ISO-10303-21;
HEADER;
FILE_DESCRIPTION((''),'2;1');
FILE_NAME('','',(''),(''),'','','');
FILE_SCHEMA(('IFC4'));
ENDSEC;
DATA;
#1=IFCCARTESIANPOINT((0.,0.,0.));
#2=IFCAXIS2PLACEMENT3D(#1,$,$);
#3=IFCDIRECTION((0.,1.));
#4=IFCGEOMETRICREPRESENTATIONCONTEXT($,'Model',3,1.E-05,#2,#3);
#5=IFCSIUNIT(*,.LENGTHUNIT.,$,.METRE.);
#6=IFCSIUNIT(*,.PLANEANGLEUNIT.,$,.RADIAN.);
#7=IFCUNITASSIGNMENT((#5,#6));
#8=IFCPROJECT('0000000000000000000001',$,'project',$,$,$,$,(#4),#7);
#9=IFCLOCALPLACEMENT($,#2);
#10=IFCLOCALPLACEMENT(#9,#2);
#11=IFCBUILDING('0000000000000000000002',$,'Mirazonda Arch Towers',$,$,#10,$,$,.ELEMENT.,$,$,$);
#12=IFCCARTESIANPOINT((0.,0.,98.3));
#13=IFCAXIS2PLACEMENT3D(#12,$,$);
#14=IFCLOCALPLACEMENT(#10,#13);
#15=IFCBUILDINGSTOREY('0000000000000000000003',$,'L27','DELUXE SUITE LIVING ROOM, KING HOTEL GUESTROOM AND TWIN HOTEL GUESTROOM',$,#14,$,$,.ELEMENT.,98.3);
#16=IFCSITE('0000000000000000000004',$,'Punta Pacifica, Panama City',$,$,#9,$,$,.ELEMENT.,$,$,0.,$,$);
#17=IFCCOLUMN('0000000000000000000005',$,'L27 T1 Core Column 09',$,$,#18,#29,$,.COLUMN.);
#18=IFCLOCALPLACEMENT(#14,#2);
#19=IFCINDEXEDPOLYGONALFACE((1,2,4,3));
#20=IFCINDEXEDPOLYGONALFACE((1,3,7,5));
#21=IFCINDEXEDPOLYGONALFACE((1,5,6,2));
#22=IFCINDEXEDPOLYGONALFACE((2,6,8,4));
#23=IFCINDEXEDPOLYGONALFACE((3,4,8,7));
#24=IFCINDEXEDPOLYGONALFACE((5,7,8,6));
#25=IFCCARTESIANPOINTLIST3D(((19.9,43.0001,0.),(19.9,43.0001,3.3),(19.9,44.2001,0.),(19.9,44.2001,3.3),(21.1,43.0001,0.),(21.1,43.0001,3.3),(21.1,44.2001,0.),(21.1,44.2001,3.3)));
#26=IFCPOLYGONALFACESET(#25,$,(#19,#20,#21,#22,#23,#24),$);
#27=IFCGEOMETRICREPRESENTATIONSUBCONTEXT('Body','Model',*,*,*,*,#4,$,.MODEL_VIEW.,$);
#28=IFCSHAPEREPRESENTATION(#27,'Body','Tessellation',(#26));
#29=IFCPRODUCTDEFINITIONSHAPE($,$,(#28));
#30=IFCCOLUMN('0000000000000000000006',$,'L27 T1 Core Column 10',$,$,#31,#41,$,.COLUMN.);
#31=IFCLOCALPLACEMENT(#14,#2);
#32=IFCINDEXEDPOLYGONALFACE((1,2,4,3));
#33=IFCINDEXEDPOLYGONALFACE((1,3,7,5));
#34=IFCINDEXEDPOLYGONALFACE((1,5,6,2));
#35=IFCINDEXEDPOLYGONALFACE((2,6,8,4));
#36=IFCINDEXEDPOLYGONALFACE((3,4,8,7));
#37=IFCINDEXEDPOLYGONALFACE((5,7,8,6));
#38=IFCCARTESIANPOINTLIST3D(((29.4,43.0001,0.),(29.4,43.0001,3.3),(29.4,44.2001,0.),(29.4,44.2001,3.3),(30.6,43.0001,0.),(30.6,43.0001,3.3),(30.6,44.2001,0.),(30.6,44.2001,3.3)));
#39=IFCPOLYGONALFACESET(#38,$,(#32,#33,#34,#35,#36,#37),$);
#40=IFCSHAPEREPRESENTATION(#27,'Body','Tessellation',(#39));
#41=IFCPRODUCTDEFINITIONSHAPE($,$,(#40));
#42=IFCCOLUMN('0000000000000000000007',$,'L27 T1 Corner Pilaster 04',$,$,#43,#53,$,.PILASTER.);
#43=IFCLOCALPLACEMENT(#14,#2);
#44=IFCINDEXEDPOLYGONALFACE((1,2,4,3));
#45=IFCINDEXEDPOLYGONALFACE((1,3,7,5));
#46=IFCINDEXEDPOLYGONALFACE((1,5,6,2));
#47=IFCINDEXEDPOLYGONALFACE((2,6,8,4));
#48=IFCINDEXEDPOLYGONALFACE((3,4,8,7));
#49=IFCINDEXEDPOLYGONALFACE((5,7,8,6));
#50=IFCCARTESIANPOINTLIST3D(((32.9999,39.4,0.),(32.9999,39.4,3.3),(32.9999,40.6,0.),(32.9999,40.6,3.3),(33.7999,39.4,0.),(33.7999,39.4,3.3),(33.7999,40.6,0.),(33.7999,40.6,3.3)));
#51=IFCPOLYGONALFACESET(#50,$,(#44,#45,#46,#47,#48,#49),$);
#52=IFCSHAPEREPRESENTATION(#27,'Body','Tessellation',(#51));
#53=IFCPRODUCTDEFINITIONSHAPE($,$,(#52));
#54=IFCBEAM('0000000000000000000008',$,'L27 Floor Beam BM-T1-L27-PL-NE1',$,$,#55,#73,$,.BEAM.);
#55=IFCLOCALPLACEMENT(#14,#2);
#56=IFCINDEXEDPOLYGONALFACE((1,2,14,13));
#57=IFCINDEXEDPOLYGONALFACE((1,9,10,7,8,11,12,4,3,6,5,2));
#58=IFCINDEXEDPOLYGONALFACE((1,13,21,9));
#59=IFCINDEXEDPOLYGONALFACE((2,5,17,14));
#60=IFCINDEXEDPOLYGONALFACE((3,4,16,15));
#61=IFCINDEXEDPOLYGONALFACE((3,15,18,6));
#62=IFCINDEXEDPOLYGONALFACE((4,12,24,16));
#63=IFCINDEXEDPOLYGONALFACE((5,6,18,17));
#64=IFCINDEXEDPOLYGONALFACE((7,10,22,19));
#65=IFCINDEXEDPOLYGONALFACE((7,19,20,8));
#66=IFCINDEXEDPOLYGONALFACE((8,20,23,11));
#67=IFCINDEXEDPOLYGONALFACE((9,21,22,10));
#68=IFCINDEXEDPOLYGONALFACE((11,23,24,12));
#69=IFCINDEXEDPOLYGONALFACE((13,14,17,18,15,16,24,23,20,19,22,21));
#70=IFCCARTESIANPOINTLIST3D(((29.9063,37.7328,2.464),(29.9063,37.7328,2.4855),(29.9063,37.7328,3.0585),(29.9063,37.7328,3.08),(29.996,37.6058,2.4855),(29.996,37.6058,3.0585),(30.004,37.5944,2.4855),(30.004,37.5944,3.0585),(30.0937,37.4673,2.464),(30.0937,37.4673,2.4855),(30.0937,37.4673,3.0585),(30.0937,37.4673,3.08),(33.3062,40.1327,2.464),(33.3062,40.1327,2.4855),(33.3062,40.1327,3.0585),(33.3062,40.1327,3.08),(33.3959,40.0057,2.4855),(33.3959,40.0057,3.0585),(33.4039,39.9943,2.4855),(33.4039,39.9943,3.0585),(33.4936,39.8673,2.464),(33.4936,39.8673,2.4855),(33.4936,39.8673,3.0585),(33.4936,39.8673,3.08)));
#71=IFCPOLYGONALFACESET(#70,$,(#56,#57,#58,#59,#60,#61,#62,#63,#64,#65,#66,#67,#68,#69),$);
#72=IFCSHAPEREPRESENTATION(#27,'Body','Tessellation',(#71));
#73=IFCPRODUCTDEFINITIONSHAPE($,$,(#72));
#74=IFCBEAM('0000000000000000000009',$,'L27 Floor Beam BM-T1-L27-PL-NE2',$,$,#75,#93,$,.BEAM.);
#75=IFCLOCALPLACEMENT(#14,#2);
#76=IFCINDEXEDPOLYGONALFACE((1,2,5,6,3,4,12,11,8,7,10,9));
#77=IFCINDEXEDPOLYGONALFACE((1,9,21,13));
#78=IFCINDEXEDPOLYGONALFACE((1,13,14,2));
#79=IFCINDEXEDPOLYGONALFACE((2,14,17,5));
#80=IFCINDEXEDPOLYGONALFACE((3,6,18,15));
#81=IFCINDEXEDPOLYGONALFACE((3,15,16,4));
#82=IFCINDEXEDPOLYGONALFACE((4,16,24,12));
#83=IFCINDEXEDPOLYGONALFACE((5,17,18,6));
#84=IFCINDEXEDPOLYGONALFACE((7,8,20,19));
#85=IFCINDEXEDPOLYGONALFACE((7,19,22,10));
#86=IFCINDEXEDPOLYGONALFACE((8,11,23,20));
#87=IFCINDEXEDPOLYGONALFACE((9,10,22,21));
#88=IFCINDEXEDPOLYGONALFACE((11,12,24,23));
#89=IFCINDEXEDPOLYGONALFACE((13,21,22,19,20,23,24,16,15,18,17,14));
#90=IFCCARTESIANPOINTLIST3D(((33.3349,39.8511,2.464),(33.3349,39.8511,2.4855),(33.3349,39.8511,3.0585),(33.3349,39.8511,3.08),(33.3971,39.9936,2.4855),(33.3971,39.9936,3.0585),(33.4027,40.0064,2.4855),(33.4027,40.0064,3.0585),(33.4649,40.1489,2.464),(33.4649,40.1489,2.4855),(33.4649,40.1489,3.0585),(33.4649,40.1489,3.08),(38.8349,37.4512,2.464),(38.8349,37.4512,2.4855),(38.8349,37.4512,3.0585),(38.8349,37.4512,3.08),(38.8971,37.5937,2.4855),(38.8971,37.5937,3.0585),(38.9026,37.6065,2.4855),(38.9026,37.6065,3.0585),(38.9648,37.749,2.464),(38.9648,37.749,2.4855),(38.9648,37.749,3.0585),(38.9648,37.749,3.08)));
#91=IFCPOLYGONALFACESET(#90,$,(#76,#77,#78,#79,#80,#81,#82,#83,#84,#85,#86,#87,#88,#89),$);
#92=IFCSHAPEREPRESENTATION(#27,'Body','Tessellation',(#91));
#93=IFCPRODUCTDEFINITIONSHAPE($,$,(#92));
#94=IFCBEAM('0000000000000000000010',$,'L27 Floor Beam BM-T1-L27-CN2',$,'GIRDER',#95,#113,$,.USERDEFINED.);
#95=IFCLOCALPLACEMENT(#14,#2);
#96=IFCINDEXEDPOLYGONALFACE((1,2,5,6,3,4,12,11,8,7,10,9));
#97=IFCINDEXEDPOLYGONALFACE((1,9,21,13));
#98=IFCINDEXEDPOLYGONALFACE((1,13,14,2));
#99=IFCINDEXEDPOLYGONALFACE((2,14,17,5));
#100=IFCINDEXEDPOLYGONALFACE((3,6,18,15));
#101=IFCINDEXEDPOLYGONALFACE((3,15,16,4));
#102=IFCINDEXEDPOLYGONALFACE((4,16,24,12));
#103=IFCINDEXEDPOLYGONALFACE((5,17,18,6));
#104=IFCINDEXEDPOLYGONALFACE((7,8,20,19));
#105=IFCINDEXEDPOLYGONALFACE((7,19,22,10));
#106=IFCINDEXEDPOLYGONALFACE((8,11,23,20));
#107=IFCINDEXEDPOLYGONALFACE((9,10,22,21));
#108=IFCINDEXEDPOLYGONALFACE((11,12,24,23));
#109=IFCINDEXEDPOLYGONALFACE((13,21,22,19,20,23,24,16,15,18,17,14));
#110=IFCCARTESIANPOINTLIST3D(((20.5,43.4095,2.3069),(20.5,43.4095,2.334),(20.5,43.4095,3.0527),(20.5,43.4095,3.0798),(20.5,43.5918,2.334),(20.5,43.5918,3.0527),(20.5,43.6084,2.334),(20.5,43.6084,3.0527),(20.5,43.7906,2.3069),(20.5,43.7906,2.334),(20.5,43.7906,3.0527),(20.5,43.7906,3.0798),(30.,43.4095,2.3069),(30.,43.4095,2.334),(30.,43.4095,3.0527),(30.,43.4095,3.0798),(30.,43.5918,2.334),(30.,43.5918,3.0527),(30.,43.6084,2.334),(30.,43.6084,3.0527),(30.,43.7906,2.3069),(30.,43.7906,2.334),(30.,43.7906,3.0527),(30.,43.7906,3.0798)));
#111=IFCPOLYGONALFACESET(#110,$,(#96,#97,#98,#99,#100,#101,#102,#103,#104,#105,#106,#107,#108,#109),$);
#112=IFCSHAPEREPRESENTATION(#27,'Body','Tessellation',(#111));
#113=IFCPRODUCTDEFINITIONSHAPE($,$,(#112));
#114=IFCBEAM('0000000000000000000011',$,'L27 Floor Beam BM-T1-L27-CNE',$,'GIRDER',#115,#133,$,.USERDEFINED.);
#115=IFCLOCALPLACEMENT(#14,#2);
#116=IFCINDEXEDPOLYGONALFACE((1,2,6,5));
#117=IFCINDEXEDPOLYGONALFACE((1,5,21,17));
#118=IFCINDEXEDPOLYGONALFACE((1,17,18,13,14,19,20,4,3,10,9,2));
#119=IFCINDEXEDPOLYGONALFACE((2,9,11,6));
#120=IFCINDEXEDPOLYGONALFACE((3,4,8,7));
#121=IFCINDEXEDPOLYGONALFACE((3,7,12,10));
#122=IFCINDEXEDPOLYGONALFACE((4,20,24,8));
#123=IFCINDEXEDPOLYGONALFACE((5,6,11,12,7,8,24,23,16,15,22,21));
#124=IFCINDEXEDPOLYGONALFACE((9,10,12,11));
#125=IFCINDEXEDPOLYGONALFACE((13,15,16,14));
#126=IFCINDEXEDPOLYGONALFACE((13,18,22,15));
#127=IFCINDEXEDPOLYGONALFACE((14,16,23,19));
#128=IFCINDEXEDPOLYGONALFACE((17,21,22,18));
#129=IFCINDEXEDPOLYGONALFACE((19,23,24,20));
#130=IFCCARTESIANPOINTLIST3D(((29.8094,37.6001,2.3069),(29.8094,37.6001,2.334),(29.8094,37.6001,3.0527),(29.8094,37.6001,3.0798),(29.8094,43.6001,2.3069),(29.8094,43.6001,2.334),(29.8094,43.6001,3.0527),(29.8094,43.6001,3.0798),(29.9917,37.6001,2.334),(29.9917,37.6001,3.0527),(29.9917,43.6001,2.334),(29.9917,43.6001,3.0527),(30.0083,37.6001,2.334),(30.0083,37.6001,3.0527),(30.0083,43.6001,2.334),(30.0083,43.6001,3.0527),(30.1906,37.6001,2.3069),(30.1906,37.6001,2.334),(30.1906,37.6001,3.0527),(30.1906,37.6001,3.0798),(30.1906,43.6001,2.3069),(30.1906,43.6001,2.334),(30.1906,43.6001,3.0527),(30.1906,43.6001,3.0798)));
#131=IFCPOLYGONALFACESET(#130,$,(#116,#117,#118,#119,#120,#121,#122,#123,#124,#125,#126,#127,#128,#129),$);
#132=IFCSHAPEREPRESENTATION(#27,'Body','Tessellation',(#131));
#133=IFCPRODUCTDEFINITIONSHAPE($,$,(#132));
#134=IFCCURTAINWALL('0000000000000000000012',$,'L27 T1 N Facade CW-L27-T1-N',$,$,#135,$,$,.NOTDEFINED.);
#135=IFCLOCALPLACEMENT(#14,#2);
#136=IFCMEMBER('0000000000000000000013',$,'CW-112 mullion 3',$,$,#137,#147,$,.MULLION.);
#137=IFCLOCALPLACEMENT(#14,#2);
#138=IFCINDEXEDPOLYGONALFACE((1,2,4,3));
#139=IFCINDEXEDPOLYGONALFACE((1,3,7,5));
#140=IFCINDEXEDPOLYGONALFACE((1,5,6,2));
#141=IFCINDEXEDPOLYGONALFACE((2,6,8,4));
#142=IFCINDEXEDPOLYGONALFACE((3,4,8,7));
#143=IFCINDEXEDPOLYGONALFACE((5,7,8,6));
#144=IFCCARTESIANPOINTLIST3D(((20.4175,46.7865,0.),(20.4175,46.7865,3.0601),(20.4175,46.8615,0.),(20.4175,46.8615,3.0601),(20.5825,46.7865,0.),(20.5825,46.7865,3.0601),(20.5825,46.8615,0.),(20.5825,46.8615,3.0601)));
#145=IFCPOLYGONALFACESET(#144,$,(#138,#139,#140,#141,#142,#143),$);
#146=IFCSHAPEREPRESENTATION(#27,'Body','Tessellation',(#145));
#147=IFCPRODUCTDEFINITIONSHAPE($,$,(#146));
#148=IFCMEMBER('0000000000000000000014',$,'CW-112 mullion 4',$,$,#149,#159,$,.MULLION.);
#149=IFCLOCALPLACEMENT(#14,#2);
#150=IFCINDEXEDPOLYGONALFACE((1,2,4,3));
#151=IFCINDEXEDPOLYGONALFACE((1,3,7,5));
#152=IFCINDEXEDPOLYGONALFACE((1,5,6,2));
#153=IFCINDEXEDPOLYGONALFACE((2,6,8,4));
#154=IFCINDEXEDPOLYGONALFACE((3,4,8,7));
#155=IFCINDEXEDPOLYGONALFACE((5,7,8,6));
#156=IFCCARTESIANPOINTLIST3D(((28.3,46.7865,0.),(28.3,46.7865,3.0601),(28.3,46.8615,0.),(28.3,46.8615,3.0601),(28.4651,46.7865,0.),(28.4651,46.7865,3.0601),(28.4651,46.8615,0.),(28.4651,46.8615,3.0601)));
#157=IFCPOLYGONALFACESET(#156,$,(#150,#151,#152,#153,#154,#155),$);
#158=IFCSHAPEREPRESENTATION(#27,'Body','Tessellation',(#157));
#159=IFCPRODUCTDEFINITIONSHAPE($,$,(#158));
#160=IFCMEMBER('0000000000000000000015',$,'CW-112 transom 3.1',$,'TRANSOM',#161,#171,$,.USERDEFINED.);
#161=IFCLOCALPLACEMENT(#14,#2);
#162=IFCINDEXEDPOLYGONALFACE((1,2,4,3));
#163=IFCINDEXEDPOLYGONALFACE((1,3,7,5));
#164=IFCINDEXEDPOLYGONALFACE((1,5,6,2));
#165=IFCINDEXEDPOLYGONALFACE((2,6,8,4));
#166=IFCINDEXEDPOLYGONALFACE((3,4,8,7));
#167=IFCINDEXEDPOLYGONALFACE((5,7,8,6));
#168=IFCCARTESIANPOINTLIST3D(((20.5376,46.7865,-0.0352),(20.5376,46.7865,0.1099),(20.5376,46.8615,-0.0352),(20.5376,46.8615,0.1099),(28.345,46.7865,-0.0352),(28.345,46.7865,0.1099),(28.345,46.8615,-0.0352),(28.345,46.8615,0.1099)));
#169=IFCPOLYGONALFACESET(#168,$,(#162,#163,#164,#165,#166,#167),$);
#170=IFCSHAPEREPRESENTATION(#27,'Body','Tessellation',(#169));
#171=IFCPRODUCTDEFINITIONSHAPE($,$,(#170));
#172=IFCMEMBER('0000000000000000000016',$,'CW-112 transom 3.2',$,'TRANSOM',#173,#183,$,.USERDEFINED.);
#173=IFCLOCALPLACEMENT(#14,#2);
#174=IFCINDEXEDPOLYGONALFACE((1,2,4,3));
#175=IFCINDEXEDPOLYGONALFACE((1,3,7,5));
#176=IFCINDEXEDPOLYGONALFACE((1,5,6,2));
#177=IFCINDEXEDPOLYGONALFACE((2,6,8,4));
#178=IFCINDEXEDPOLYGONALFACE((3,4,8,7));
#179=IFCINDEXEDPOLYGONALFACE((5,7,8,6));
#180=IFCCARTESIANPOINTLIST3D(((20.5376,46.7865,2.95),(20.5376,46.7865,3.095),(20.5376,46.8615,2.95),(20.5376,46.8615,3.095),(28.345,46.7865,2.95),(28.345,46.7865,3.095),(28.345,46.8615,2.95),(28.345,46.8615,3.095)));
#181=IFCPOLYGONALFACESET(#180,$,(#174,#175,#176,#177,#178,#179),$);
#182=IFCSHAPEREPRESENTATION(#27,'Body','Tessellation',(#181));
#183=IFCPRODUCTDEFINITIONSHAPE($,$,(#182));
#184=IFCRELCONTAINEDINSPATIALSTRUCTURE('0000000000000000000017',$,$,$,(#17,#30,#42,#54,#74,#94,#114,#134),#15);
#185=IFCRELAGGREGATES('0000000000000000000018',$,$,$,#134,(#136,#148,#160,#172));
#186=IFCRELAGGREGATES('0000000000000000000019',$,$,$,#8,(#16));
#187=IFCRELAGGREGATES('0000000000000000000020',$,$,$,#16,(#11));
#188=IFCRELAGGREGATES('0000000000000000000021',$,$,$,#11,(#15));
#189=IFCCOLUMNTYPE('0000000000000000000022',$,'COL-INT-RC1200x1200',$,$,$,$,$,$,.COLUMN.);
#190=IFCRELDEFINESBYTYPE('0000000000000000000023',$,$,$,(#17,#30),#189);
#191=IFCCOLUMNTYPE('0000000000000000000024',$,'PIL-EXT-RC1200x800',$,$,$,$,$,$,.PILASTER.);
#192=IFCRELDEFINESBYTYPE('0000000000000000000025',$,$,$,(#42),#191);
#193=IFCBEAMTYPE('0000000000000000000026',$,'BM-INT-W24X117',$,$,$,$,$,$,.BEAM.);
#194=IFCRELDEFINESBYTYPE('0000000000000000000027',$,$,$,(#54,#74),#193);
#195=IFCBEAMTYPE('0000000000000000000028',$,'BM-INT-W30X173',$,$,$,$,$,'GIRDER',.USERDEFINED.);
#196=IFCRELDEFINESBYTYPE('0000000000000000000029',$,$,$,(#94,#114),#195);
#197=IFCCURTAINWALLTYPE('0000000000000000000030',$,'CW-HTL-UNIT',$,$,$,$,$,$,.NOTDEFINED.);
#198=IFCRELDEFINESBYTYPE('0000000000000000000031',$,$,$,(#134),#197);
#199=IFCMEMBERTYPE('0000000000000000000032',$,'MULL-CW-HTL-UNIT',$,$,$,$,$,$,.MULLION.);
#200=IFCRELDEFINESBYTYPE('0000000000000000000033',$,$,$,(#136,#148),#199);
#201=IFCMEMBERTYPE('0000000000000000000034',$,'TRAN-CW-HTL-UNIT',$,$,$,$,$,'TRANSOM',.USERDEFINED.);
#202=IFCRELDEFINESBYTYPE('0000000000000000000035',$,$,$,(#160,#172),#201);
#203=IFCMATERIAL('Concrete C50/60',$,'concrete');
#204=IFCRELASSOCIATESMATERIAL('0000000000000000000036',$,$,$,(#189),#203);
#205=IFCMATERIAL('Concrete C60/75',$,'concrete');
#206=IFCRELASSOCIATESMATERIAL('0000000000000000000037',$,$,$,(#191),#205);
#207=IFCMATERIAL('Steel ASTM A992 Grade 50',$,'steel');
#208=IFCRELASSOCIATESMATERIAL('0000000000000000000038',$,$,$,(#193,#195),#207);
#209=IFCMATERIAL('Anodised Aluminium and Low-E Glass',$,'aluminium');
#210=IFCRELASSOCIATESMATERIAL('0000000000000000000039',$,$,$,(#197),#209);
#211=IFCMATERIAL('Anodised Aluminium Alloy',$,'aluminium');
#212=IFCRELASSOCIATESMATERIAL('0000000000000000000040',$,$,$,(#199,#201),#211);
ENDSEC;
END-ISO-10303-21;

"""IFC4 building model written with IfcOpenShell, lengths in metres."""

from ifc_helpers import new_model, si_unit, direction, frame, origin, origin_2d, place, context, subcontext, project, spatial, rectangle, i_section, extrude, material, material_profile, profile_set, type_object, element, aggregate, save


model = new_model("IFC4")

# Units and contexts
model_context = context("Model", 3, precision=1e-05, world=origin(), true_north=direction((0.0, 1.0)))
body_context = subcontext(model_context, "Body", "Model", "MODEL_VIEW")
ifc_project = project(units=[si_unit("LENGTHUNIT", "METRE"), si_unit("PLANEANGLEUNIT", "RADIAN")], contexts=[model_context])

# Site, building, storey
site_placement = place(None, origin())
site = spatial("IfcSite", under=ifc_project, at=site_placement, Name="Punta Pacifica, Panama City", CompositionType="ELEMENT", RefElevation=0.0)
building_placement = place(site_placement, origin())
building = spatial("IfcBuilding", under=site, at=building_placement, Name="Mirazonda Arch Towers", CompositionType="ELEMENT")
storey_placement = place(building_placement, frame((0.0, 0.0, 98.3)))
storey = spatial("IfcBuildingStorey", under=building, at=storey_placement, Name="L27", Description="DELUXE SUITE LIVING ROOM, KING HOTEL GUESTROOM AND TWIN HOTEL GUESTROOM", CompositionType="ELEMENT", Elevation=98.3)

# Columns
ifc_material_1 = material(Name="Concrete C50/60", Category="concrete")
ifc_material_profile_1 = material_profile(ifc_material_1, rectangle(XDim=1.2, YDim=1.2, at=origin_2d()), Name="RC1200x1200")
ifc_profile_set_1 = profile_set([ifc_material_profile_1], Name="Concrete C50/60")
column_type_1 = type_object("IfcColumnType", Name="COL-INT-RC1200x1200", PredefinedType="COLUMN", material=ifc_profile_set_1)
for number, where, z_axis, x_axis, name in (
    (1, (20.5, 43.6001, 0.0), (0.0, 0.0, 1.0), (1.0, 0.0, 0.0), "L27 T1 Core Column 09"),
    (2, (30.0, 43.6001, 0.0), (0.0, 0.0, 1.0), (1.0, 0.0, 0.0), "L27 T1 Core Column 10"),
):
    element("IfcColumn", number, at=place(storey_placement, frame(where, z_axis=z_axis, x_axis=x_axis)), inside=storey, type_object=column_type_1, Name=name, PredefinedType="COLUMN", context=body_context, shape_type="SweptSolid", body=[
        extrude(rectangle(XDim=1.2, YDim=1.2, at=origin_2d()), origin(), (0.0, 0.0, 1.0), 3.3),
    ])
ifc_material_2 = material(Name="Concrete C60/75", Category="concrete")
ifc_material_profile_2 = material_profile(ifc_material_2, rectangle(XDim=0.8, YDim=1.2, at=origin_2d()), Name="RC1200x800")
ifc_profile_set_2 = profile_set([ifc_material_profile_2], Name="Concrete C60/75")
column_type_2 = type_object("IfcColumnType", Name="PIL-EXT-RC1200x800", PredefinedType="PILASTER", material=ifc_profile_set_2)
column_placement = place(storey_placement, frame((33.3999, 40.0, 0.0), z_axis=(0.0, 0.0, 1.0), x_axis=(1.0, 0.0, 0.0)))
element("IfcColumn", 3, at=column_placement, inside=storey, type_object=column_type_2, Name="L27 T1 Corner Pilaster 04", PredefinedType="PILASTER", context=body_context, shape_type="SweptSolid", body=[
    extrude(rectangle(XDim=0.8, YDim=1.2, at=origin_2d()), origin(), (0.0, 0.0, 1.0), 3.3),
])

# Beams
ifc_material_3 = material(Name="Steel ASTM A992 Grade 50", Category="steel")
ifc_material_profile_3 = material_profile(ifc_material_3, i_section(OverallWidth=0.325, OverallDepth=0.616, WebThickness=0.0139, FlangeThickness=0.0215, at=origin_2d()), Name="W24X117")
ifc_profile_set_3 = profile_set([ifc_material_profile_3], Name="Steel ASTM A992 Grade 50")
beam_type_1 = type_object("IfcBeamType", Name="BM-INT-W24X117", PredefinedType="BEAM", material=ifc_profile_set_3)
beam_1_placement = place(storey_placement, frame((33.3999, 40.0, 2.772), z_axis=(-0.816971, -0.576679, 0.0), x_axis=(0.576679, -0.816971, 0.0)))
element("IfcBeam", 4, at=beam_1_placement, inside=storey, type_object=beam_type_1, Name="L27 Floor Beam BM-T1-L27-PL-NE1", PredefinedType="BEAM", context=body_context, shape_type="SweptSolid", body=[
    extrude(i_section(OverallWidth=0.325, OverallDepth=0.616, WebThickness=0.0139, FlangeThickness=0.0215, at=origin_2d()), origin(), (0.0, 0.0, 1.0), 4.1616),
])
beam_2_placement = place(storey_placement, frame((33.3999, 40.0, 2.772), z_axis=(0.916545, -0.399931, 0.0), x_axis=(0.399931, 0.916545, 0.0)))
element("IfcBeam", 5, at=beam_2_placement, inside=storey, type_object=beam_type_1, Name="L27 Floor Beam BM-T1-L27-PL-NE2", PredefinedType="BEAM", context=body_context, shape_type="SweptSolid", body=[
    extrude(i_section(OverallWidth=0.325, OverallDepth=0.616, WebThickness=0.0139, FlangeThickness=0.0215, at=origin_2d()), origin(), (0.0, 0.0, 1.0), 6.0007),
])
ifc_material_profile_4 = material_profile(ifc_material_3, i_section(OverallWidth=0.3811, OverallDepth=0.7729, WebThickness=0.0166, FlangeThickness=0.0271, at=origin_2d()), Name="W30X173")
ifc_profile_set_4 = profile_set([ifc_material_profile_4], Name="Steel ASTM A992 Grade 50")
beam_type_2 = type_object("IfcBeamType", Name="BM-INT-W30X173", ElementType="GIRDER", PredefinedType="USERDEFINED", material=ifc_profile_set_4)
beam_3_placement = place(storey_placement, frame((20.5, 43.6001, 2.6934), z_axis=(1.0, 0.0, 0.0), x_axis=(0.0, 1.0, 0.0)))
element("IfcBeam", 6, at=beam_3_placement, inside=storey, type_object=beam_type_2, Name="L27 Floor Beam BM-T1-L27-CN2", ObjectType="GIRDER", PredefinedType="USERDEFINED", context=body_context, shape_type="SweptSolid", body=[
    extrude(i_section(OverallWidth=0.3811, OverallDepth=0.7729, WebThickness=0.0166, FlangeThickness=0.0271, at=origin_2d()), origin(), (0.0, 0.0, 1.0), 9.5),
])
beam_4_placement = place(storey_placement, frame((30.0, 37.6001, 2.6934), z_axis=(0.0, 1.0, 0.0), x_axis=(-1.0, 0.0, 0.0)))
element("IfcBeam", 7, at=beam_4_placement, inside=storey, type_object=beam_type_2, Name="L27 Floor Beam BM-T1-L27-CNE", ObjectType="GIRDER", PredefinedType="USERDEFINED", context=body_context, shape_type="SweptSolid", body=[
    extrude(i_section(OverallWidth=0.3811, OverallDepth=0.7729, WebThickness=0.0166, FlangeThickness=0.0271, at=origin_2d()), origin(), (0.0, 0.0, 1.0), 6.0),
])

# Curtain wall, members
ifc_material_4 = material(Name="Anodised Aluminium and Low-E Glass", Category="aluminium")
curtain_wall_type = type_object("IfcCurtainWallType", Name="CW-HTL-UNIT", PredefinedType="NOTDEFINED", material=ifc_material_4)
curtain_wall_placement = place(storey_placement, origin())
curtain_wall = element("IfcCurtainWall", 8, at=curtain_wall_placement, inside=storey, type_object=curtain_wall_type, Name="L27 T1 N Facade CW-L27-T1-N", PredefinedType="NOTDEFINED")
ifc_material_5 = material(Name="Anodised Aluminium Alloy", Category="aluminium")
ifc_material_profile_5 = material_profile(ifc_material_5, rectangle(XDim=0.075, YDim=0.165, at=origin_2d()), Name="ALU-MULL-75x165")
ifc_profile_set_5 = profile_set([ifc_material_profile_5], Name="Anodised Aluminium Alloy")
member_type_1 = type_object("IfcMemberType", Name="MULL-CW-HTL-UNIT", PredefinedType="MULLION", material=ifc_profile_set_5)
member_1_placement = place(storey_placement, frame((20.5, 46.824, 0.0), z_axis=(0.0, 0.0, 1.0), x_axis=(0.0, 1.0, 0.0)))
member_1 = element("IfcMember", 9, at=member_1_placement, type_object=member_type_1, Name="CW-112 mullion 3", PredefinedType="MULLION", context=body_context, shape_type="SweptSolid", body=[
    extrude(rectangle(XDim=0.075, YDim=0.165, at=origin_2d()), origin(), (0.0, 0.0, 1.0), 3.0601),
])
member_2_placement = place(storey_placement, frame((28.3826, 46.824, 0.0), z_axis=(0.0, 0.0, 1.0), x_axis=(0.0, 1.0, 0.0)))
member_2 = element("IfcMember", 10, at=member_2_placement, type_object=member_type_1, Name="CW-112 mullion 4", PredefinedType="MULLION", context=body_context, shape_type="SweptSolid", body=[
    extrude(rectangle(XDim=0.075, YDim=0.165, at=origin_2d()), origin(), (0.0, 0.0, 1.0), 3.0601),
])
ifc_material_profile_6 = material_profile(ifc_material_5, rectangle(XDim=0.075, YDim=0.145, at=origin_2d()), Name="ALU-TRAN-75x145")
ifc_profile_set_6 = profile_set([ifc_material_profile_6], Name="Anodised Aluminium Alloy")
member_type_2 = type_object("IfcMemberType", Name="TRAN-CW-HTL-UNIT", ElementType="TRANSOM", PredefinedType="USERDEFINED", material=ifc_profile_set_6)
member_3_placement = place(storey_placement, frame((20.5376, 46.824, 0.0374), z_axis=(1.0, 0.0, 0.0), x_axis=(0.0, 1.0, 0.0)))
member_3 = element("IfcMember", 11, at=member_3_placement, type_object=member_type_2, Name="CW-112 transom 3.1", ObjectType="TRANSOM", PredefinedType="USERDEFINED", context=body_context, shape_type="SweptSolid", body=[
    extrude(rectangle(XDim=0.075, YDim=0.145, at=origin_2d()), origin(), (0.0, 0.0, 1.0), 7.8074),
])
member_4_placement = place(storey_placement, frame((20.5376, 46.824, 3.0225), z_axis=(1.0, 0.0, 0.0), x_axis=(0.0, 1.0, 0.0)))
member_4 = element("IfcMember", 12, at=member_4_placement, type_object=member_type_2, Name="CW-112 transom 3.2", ObjectType="TRANSOM", PredefinedType="USERDEFINED", context=body_context, shape_type="SweptSolid", body=[
    extrude(rectangle(XDim=0.075, YDim=0.145, at=origin_2d()), origin(), (0.0, 0.0, 1.0), 7.8074),
])
aggregate(curtain_wall, [member_1, member_2, member_3, member_4])

save(model, "model.ifc")
